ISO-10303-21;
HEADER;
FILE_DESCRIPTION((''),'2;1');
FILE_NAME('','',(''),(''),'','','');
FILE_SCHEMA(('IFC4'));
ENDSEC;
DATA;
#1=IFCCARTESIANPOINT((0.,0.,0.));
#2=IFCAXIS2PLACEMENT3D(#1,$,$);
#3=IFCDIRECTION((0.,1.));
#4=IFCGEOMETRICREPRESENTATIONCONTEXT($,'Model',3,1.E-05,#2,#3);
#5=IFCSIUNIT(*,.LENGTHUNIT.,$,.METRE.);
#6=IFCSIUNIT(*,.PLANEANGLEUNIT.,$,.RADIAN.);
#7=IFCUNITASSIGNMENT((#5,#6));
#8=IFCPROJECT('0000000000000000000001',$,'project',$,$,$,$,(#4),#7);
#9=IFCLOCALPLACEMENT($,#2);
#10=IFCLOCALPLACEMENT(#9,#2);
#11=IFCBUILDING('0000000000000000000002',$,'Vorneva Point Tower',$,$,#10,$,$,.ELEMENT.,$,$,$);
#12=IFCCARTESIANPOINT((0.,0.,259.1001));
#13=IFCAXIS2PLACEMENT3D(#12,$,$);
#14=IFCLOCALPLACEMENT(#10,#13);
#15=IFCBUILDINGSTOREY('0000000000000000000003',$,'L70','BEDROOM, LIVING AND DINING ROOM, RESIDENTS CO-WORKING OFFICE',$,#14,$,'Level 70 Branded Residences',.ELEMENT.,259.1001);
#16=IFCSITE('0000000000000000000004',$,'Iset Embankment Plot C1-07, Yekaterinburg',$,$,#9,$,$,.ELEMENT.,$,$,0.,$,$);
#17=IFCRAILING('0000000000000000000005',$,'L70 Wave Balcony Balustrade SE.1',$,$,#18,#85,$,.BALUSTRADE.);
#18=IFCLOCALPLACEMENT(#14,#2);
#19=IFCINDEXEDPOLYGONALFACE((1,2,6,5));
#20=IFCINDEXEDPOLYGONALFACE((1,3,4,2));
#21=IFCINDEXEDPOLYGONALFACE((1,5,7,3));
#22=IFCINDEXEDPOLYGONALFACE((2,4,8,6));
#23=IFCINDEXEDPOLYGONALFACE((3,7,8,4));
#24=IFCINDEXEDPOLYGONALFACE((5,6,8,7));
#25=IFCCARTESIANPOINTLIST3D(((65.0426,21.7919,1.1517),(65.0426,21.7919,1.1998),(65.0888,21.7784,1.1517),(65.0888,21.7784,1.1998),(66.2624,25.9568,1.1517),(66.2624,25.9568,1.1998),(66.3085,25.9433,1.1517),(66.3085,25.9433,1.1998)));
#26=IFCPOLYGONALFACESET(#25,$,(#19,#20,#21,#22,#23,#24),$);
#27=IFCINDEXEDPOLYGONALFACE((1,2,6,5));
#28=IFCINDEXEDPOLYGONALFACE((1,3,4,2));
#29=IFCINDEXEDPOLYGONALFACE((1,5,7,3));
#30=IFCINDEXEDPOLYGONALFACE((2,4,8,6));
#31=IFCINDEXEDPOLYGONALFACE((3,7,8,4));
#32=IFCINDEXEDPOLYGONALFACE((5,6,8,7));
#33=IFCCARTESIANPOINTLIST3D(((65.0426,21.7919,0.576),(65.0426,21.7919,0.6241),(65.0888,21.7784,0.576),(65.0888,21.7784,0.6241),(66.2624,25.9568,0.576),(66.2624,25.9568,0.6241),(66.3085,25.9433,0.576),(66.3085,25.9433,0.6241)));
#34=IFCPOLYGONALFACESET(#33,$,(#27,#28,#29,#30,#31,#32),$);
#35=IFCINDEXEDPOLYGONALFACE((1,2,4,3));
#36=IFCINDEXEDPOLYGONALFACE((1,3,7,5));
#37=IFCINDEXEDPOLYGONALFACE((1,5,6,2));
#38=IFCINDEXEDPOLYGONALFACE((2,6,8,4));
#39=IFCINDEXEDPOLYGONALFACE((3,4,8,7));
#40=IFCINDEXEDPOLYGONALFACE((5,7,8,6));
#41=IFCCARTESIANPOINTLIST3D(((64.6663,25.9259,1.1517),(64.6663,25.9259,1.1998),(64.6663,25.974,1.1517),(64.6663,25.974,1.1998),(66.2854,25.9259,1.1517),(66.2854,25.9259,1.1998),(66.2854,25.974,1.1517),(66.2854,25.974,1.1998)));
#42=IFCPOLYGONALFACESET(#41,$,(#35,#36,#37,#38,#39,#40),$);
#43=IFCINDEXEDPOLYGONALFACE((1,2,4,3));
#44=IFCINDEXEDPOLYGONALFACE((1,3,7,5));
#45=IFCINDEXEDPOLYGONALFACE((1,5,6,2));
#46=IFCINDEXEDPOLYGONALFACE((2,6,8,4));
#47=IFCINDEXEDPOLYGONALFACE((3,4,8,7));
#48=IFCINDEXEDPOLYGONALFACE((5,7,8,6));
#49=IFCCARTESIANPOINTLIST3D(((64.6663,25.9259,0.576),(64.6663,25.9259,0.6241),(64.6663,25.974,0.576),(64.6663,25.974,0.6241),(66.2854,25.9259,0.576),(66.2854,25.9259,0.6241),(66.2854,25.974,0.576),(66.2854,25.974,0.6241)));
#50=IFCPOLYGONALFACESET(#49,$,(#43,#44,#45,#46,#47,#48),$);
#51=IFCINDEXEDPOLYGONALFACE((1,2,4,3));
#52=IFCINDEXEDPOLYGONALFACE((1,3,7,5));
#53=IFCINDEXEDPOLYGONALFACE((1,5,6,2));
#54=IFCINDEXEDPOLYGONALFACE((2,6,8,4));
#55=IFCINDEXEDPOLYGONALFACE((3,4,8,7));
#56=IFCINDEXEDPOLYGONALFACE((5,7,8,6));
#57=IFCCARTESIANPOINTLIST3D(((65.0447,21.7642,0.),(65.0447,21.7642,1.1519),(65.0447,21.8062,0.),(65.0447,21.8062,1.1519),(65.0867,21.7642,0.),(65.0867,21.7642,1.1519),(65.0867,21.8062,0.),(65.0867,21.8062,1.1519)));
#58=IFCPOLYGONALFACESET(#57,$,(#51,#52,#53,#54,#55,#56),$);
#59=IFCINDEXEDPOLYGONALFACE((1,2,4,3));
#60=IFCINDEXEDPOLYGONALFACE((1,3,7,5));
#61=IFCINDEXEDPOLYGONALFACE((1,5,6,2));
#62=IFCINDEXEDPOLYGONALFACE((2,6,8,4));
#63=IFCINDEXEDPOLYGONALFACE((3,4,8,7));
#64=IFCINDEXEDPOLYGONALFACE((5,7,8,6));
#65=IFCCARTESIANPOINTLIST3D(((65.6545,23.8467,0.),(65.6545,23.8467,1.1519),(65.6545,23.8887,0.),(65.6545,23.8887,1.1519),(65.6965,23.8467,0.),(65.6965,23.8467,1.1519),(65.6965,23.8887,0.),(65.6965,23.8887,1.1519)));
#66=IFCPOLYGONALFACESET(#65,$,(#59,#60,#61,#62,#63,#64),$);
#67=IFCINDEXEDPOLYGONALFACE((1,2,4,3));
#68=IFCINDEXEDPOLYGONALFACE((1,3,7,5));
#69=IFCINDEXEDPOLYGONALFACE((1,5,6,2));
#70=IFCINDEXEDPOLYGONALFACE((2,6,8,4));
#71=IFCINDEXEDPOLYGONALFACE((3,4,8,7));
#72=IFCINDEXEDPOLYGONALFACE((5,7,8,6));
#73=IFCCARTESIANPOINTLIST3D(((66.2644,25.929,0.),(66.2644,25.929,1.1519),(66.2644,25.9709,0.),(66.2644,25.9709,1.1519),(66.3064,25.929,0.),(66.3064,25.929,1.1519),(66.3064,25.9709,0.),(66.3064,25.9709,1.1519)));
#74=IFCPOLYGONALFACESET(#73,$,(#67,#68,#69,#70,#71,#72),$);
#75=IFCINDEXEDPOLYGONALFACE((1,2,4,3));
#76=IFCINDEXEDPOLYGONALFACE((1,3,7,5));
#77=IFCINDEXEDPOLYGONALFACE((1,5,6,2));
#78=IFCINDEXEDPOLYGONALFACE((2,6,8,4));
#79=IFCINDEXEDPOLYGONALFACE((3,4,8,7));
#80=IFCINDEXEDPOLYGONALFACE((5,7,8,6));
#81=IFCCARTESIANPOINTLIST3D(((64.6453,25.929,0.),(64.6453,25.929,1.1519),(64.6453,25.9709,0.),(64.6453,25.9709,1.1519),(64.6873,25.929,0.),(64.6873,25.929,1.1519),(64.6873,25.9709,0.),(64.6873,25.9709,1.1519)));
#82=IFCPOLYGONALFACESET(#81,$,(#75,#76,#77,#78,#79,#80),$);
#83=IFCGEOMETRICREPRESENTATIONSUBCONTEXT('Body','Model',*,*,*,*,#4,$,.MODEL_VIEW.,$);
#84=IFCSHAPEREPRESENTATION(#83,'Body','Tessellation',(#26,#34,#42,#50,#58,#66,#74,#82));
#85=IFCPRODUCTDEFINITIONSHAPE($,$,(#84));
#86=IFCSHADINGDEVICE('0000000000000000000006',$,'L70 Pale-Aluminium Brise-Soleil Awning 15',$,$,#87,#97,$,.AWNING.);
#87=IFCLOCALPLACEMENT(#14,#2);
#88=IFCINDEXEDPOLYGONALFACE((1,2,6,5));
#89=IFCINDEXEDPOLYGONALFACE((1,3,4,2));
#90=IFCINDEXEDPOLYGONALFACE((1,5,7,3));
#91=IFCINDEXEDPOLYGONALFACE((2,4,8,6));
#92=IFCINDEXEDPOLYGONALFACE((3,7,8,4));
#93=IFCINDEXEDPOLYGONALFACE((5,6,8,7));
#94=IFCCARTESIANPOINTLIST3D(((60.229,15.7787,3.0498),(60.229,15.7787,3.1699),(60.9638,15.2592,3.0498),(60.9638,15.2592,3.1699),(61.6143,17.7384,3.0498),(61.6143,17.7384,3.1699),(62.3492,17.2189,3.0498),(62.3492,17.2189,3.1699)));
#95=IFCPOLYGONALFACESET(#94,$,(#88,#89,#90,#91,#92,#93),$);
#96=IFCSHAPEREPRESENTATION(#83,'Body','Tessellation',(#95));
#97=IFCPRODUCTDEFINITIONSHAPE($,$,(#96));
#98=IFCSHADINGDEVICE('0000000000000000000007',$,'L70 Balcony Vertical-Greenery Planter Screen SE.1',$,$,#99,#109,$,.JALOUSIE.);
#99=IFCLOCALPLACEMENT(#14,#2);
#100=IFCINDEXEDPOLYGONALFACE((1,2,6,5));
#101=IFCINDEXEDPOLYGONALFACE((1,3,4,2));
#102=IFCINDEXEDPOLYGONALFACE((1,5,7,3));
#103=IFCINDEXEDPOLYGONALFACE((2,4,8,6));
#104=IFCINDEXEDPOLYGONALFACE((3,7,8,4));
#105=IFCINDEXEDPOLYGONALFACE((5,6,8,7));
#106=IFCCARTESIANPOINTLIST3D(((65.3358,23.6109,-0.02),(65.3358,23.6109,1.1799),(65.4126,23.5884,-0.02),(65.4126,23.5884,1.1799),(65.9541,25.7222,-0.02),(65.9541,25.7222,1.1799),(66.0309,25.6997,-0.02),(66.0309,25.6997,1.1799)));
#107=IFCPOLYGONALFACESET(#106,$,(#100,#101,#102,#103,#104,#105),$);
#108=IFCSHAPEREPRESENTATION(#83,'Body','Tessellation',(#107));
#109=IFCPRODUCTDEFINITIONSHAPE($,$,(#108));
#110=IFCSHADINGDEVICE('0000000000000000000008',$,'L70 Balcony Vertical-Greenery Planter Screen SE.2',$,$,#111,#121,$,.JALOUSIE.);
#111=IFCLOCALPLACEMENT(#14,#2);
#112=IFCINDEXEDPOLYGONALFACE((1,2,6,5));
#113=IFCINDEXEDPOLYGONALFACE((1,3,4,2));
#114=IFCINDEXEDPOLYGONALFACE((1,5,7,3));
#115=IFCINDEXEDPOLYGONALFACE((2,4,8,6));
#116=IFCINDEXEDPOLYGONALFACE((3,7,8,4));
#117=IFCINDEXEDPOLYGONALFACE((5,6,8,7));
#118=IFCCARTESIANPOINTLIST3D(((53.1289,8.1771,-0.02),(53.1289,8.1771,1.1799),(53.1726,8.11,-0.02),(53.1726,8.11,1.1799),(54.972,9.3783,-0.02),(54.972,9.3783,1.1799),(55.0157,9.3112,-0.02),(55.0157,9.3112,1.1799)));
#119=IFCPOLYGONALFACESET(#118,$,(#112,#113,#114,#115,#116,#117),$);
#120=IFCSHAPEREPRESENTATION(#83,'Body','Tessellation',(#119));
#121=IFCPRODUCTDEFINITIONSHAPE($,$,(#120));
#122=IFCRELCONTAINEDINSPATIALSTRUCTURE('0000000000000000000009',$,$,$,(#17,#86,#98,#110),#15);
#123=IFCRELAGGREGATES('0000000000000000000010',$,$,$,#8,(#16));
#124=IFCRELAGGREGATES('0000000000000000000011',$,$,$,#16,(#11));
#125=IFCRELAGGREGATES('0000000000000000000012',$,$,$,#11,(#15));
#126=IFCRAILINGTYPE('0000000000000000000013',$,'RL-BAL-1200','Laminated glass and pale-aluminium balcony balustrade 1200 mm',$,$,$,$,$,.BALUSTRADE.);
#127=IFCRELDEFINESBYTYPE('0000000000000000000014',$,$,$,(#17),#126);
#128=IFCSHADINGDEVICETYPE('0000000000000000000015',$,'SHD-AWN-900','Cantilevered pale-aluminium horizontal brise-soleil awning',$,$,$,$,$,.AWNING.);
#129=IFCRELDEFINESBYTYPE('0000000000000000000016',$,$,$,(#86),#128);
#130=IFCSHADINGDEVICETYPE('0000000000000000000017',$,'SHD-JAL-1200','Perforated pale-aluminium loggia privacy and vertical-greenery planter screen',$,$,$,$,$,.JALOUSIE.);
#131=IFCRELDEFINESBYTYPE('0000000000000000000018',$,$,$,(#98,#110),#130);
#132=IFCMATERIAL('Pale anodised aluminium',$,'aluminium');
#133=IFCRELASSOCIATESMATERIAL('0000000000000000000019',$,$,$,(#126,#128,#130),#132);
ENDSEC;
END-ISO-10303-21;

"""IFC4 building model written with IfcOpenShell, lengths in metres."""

from ifc_helpers import new_model, si_unit, direction, frame, origin, origin_2d, place, context, subcontext, project, spatial, rectangle, extrude, material, type_object, element, save


model = new_model("IFC4")

# Units and contexts
model_context = context("Model", 3, precision=1e-05, world=origin(), true_north=direction((0.0, 1.0)))
body_context = subcontext(model_context, "Body", "Model", "MODEL_VIEW")
ifc_project = project(units=[si_unit("LENGTHUNIT", "METRE"), si_unit("PLANEANGLEUNIT", "RADIAN")], contexts=[model_context])

# Site, building, storey
site_placement = place(None, origin())
site = spatial("IfcSite", under=ifc_project, at=site_placement, Name="Iset Embankment Plot C1-07, Yekaterinburg", CompositionType="ELEMENT", RefElevation=0.0)
building_placement = place(site_placement, origin())
building = spatial("IfcBuilding", under=site, at=building_placement, Name="Vorneva Point Tower", CompositionType="ELEMENT")
storey_placement = place(building_placement, frame((0.0, 0.0, 259.1001)))
storey = spatial("IfcBuildingStorey", under=building, at=storey_placement, Name="L70", Description="BEDROOM, LIVING AND DINING ROOM, RESIDENTS CO-WORKING OFFICE", LongName="Level 70 Branded Residences", CompositionType="ELEMENT", Elevation=259.1001)

# Shared definitions
ifc_material_1 = material(Name="Pale anodised aluminium", Category="aluminium")

# Railing
railing_type = type_object("IfcRailingType", Name="RL-BAL-1200", Description="Laminated glass and pale-aluminium balcony balustrade 1200 mm", PredefinedType="BALUSTRADE", material=ifc_material_1)
railing_placement = place(storey_placement, frame((65.0657, 21.7852, 0.0)))
element("IfcRailing", 1, at=railing_placement, inside=storey, type_object=railing_type, Name="L70 Wave Balcony Balustrade SE.1", PredefinedType="BALUSTRADE", context=body_context, shape_type="SweptSolid", body=[
    extrude(rectangle(XDim=0.0481, YDim=0.0481, at=origin_2d()), frame((0.0, 0.0, 1.1758), z_axis=(0.281061, 0.95969, 0.0), x_axis=(-0.95969, 0.281061, 0.0)), (0.0, 0.0, 1.0), 4.3398),
    extrude(rectangle(XDim=0.0481, YDim=0.0481, at=origin_2d()), frame((0.0, 0.0, 0.6001), z_axis=(0.281061, 0.95969, 0.0), x_axis=(-0.95969, 0.281061, 0.0)), (0.0, 0.0, 1.0), 4.3398),
    extrude(rectangle(XDim=0.0481, YDim=0.0481, at=origin_2d()), frame((1.2197, 4.1648, 1.1758), z_axis=(-1.0, 0.0, 0.0), x_axis=(0.0, -1.0, 0.0)), (0.0, 0.0, 1.0), 1.6191),
    extrude(rectangle(XDim=0.0481, YDim=0.0481, at=origin_2d()), frame((1.2197, 4.1648, 0.6001), z_axis=(-1.0, 0.0, 0.0), x_axis=(0.0, -1.0, 0.0)), (0.0, 0.0, 1.0), 1.6191),
    extrude(rectangle(XDim=0.042, YDim=0.042, at=origin_2d()), origin(), (0.0, 0.0, 1.0), 1.1519),
    extrude(rectangle(XDim=0.042, YDim=0.042, at=origin_2d()), frame((0.6099, 2.0825, 0.0)), (0.0, 0.0, 1.0), 1.1519),
    extrude(rectangle(XDim=0.042, YDim=0.042, at=origin_2d()), frame((1.2197, 4.1648, 0.0)), (0.0, 0.0, 1.0), 1.1519),
    extrude(rectangle(XDim=0.042, YDim=0.042, at=origin_2d()), frame((-0.3994, 4.1648, 0.0)), (0.0, 0.0, 1.0), 1.1519),
])

# Shading devices
shading_device_type_1 = type_object("IfcShadingDeviceType", Name="SHD-AWN-900", Description="Cantilevered pale-aluminium horizontal brise-soleil awning", PredefinedType="AWNING", material=ifc_material_1)
shading_device_placement = place(storey_placement, frame((61.2891, 16.4988, 3.0498), z_axis=(0.0, 0.0, 1.0), x_axis=(0.577259, 0.816561, 0.0)))
element("IfcShadingDevice", 2, at=shading_device_placement, inside=storey, type_object=shading_device_type_1, Name="L70 Pale-Aluminium Brise-Soleil Awning 15", PredefinedType="AWNING", context=body_context, shape_type="SweptSolid", body=[
    extrude(rectangle(XDim=2.3999, YDim=0.8999, at=origin_2d()), origin(), (0.0, 0.0, 1.0), 0.1201),
])
shading_device_type_2 = type_object("IfcShadingDeviceType", Name="SHD-JAL-1200", Description="Perforated pale-aluminium loggia privacy and vertical-greenery planter screen", PredefinedType="JALOUSIE", material=ifc_material_1)
for number, where, z_axis, x_axis, name in (
    (3, (65.6833, 24.6553, -0.02), (0.0, 0.0, 1.0), (0.281052, 0.959693, 0.0), "L70 Balcony Vertical-Greenery Planter Screen SE.1"),
    (4, (54.0723, 8.7441, -0.02), (0.0, 0.0, 1.0), (0.837795, 0.545985, 0.0), "L70 Balcony Vertical-Greenery Planter Screen SE.2"),
):
    element("IfcShadingDevice", number, at=place(storey_placement, frame(where, z_axis=z_axis, x_axis=x_axis)), inside=storey, type_object=shading_device_type_2, Name=name, PredefinedType="JALOUSIE", context=body_context, shape_type="SweptSolid", body=[
        extrude(rectangle(XDim=2.2, YDim=0.0801, at=origin_2d()), origin(), (0.0, 0.0, 1.0), 1.2),
    ])

save(model, "model.ifc")
